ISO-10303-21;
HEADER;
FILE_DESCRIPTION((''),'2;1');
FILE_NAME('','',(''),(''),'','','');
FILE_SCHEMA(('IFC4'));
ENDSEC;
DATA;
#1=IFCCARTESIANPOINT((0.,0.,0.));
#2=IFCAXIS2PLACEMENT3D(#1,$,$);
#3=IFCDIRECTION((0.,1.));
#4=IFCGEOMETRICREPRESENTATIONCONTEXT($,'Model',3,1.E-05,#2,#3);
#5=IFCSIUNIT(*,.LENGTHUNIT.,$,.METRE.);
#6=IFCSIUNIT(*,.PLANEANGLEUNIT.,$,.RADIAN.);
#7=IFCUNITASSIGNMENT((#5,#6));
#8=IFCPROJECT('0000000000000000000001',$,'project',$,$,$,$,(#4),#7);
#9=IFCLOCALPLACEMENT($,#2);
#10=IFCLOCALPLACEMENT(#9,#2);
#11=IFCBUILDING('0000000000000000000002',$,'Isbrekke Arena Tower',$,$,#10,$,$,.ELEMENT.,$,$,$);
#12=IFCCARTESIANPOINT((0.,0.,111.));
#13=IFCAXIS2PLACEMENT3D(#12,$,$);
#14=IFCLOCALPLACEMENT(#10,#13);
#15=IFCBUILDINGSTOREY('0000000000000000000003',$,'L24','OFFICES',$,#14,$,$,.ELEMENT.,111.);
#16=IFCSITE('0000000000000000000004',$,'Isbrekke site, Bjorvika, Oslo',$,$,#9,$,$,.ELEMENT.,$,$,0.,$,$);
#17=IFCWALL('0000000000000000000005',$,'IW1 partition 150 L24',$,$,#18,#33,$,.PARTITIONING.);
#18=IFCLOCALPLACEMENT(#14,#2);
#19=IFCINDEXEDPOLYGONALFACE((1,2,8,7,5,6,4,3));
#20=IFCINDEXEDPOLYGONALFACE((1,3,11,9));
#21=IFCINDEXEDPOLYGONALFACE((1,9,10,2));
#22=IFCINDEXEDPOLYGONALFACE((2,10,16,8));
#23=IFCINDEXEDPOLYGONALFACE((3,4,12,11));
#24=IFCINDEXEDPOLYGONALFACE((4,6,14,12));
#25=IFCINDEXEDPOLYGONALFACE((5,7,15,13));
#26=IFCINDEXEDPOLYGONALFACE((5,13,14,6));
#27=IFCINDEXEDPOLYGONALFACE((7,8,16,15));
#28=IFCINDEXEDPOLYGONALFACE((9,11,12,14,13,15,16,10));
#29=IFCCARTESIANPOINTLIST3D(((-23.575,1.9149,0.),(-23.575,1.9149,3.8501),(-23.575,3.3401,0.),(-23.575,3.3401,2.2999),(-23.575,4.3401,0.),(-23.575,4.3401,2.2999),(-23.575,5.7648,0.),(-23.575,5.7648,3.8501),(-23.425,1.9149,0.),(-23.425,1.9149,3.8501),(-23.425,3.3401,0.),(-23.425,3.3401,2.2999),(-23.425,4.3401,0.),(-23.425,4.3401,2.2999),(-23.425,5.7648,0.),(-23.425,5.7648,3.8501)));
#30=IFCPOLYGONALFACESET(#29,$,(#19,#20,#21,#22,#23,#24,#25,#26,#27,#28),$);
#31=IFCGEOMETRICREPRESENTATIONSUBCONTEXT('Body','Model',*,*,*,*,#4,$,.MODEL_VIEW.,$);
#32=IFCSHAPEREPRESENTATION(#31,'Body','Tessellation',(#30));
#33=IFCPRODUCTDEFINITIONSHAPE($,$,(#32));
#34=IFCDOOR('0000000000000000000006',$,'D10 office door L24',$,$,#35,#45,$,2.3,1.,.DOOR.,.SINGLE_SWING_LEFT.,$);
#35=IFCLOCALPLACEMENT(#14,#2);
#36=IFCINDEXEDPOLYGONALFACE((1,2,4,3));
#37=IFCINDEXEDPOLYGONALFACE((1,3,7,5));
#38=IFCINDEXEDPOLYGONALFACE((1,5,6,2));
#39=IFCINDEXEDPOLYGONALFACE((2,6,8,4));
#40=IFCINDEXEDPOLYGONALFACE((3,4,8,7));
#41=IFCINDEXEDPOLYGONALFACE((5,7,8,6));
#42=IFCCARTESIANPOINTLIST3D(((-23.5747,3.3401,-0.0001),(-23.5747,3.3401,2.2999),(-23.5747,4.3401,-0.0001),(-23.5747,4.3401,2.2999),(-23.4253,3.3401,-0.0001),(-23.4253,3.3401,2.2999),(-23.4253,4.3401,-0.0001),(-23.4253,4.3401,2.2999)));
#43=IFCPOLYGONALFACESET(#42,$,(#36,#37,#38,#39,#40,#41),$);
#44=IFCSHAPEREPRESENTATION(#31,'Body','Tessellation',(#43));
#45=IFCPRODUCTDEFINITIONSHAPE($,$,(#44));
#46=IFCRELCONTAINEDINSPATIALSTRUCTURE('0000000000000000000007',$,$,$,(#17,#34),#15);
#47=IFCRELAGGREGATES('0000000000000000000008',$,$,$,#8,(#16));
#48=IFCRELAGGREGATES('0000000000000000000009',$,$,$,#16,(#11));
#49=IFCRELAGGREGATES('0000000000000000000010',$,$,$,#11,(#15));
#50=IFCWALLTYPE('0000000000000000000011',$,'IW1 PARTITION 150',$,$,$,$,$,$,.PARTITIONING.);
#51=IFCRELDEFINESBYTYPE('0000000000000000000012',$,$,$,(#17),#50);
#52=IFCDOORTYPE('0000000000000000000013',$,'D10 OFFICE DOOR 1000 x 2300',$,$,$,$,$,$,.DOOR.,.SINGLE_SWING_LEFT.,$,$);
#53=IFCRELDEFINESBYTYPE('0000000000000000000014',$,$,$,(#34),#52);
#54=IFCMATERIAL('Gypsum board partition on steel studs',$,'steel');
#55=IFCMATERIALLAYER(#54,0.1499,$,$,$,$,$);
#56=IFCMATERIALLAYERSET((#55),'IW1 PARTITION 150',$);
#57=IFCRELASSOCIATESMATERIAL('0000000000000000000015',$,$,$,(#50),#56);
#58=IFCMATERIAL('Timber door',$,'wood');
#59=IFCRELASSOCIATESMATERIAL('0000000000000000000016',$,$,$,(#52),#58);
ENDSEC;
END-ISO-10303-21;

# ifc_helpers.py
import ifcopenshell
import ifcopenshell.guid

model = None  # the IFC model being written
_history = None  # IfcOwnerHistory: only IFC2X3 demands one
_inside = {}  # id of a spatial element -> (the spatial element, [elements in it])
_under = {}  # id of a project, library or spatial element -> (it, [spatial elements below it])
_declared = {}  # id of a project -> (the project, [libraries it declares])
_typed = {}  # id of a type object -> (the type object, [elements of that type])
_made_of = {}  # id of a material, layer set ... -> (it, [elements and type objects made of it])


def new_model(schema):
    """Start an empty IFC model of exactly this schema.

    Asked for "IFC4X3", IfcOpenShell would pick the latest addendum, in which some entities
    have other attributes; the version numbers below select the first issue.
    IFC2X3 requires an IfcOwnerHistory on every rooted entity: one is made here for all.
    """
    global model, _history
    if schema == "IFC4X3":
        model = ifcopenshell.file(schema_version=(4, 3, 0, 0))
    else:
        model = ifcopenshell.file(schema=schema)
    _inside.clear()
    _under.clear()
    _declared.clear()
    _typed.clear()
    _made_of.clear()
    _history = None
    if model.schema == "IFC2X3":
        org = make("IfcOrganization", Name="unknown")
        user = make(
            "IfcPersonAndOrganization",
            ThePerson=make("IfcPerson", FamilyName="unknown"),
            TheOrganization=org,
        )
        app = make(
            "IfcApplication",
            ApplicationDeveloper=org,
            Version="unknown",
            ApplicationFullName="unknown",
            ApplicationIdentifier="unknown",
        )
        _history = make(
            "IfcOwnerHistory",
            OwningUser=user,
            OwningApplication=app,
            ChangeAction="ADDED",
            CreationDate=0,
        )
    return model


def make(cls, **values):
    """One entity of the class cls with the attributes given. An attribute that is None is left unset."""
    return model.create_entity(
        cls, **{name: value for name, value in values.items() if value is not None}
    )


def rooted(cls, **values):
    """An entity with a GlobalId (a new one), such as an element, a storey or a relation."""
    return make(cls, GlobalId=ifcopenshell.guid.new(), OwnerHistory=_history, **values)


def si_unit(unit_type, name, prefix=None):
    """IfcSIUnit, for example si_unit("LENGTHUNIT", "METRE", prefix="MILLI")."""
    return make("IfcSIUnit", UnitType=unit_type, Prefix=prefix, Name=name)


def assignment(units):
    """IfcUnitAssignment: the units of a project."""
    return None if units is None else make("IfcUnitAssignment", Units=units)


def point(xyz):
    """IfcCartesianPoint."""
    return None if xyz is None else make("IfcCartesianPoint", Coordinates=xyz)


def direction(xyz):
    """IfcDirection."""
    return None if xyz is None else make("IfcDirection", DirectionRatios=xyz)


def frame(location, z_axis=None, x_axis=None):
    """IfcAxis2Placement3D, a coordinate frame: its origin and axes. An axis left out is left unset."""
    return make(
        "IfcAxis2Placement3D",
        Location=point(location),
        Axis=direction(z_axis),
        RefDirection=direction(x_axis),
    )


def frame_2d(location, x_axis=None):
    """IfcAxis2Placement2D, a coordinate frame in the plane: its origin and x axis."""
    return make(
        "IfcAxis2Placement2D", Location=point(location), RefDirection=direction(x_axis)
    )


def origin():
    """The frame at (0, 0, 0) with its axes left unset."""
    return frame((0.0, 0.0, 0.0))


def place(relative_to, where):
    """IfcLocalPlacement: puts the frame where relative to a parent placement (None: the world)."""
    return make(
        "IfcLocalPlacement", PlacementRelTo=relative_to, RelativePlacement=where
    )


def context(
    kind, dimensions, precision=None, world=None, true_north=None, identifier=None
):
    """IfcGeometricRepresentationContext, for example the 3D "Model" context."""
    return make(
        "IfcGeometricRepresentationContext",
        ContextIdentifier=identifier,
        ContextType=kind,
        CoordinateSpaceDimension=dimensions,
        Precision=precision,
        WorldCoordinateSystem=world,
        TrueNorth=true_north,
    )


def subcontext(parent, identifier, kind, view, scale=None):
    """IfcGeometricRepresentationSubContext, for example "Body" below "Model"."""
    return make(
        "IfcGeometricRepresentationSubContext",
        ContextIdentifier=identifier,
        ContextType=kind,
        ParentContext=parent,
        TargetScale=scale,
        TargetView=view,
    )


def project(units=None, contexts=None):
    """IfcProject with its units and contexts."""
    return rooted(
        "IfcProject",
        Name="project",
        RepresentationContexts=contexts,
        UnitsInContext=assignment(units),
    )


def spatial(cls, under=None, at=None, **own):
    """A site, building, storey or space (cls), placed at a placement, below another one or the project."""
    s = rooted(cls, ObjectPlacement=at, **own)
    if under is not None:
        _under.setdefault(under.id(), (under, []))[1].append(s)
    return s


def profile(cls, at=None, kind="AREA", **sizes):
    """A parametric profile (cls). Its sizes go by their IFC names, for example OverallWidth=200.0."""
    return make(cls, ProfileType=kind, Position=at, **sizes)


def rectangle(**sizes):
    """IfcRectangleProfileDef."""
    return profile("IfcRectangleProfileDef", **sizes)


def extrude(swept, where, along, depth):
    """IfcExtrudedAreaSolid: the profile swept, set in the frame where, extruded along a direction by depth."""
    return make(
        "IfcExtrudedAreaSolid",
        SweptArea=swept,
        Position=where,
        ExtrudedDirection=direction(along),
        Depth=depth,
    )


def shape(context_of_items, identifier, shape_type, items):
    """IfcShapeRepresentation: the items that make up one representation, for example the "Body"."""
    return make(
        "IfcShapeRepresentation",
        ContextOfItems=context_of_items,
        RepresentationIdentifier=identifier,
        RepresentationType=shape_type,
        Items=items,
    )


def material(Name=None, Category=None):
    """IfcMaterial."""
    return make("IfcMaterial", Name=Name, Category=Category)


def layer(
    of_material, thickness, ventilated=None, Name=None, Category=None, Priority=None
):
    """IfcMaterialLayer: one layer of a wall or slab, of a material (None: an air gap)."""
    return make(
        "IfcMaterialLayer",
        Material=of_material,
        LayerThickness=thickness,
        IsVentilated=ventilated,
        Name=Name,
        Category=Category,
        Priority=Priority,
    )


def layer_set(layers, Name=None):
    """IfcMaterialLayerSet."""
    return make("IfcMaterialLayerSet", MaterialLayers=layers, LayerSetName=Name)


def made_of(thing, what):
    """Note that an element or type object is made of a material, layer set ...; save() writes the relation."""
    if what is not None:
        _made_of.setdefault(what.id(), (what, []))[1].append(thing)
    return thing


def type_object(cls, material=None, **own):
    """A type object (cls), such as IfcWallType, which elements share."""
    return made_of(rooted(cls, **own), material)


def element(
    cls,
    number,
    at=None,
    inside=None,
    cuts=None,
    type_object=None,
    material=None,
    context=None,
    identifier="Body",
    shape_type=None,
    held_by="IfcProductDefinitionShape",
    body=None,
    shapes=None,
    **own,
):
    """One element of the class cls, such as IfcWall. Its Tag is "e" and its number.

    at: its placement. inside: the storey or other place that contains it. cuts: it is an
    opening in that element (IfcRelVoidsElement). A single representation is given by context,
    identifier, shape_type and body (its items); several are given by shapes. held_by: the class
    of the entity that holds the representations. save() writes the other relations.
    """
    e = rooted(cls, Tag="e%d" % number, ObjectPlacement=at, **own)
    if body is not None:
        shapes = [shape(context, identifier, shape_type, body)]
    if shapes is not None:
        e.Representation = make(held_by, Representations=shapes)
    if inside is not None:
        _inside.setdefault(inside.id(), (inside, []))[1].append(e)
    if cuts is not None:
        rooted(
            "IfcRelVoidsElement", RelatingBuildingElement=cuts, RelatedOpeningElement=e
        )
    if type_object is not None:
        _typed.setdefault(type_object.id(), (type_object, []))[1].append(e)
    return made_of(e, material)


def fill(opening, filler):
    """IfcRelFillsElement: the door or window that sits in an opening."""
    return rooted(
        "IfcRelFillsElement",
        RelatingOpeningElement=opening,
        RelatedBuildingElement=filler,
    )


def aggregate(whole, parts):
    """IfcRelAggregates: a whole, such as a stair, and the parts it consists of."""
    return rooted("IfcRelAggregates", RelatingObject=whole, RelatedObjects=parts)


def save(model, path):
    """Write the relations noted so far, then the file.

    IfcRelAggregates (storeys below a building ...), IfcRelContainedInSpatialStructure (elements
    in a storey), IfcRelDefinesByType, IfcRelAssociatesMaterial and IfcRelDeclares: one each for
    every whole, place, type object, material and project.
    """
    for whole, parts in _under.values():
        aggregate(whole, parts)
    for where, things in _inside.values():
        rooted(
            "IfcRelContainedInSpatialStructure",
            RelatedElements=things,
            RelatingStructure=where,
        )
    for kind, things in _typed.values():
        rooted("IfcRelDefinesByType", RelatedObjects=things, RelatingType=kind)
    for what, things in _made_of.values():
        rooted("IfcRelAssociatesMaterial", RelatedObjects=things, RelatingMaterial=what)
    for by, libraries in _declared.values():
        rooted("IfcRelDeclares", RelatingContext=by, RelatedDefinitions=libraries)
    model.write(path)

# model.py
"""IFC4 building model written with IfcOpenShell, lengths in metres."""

from ifc_helpers import new_model, si_unit, direction, frame, frame_2d, origin, place, context, subcontext, project, spatial, rectangle, extrude, material, layer, layer_set, type_object, element, fill, save


model = new_model("IFC4")

# Units and contexts
model_context = context("Model", 3, precision=1e-05, world=origin(), true_north=direction((0.0, 1.0)))
body_context = subcontext(model_context, "Body", "Model", "MODEL_VIEW")
ifc_project = project(units=[si_unit("LENGTHUNIT", "METRE"), si_unit("PLANEANGLEUNIT", "RADIAN")], contexts=[model_context])

# Site, building, storey
site_placement = place(None, origin())
site = spatial("IfcSite", under=ifc_project, at=site_placement, Name="Isbrekke site, Bjorvika, Oslo", CompositionType="ELEMENT", RefElevation=0.0)
building_placement = place(site_placement, origin())
building = spatial("IfcBuilding", under=site, at=building_placement, Name="Isbrekke Arena Tower", CompositionType="ELEMENT")
storey_placement = place(building_placement, frame((0.0, 0.0, 111.0)))
storey = spatial("IfcBuildingStorey", under=building, at=storey_placement, Name="L24", Description="OFFICES", CompositionType="ELEMENT", Elevation=111.0)

# Shared definitions
ifc_material_1 = material(Name="Gypsum board partition on steel studs", Category="steel")
ifc_layer_1 = layer(ifc_material_1, 0.1499)
ifc_layer_set_1 = layer_set([ifc_layer_1], Name="IW1 PARTITION 150")
wall_type = type_object("IfcWallType", Name="IW1 PARTITION 150", PredefinedType="PARTITIONING", material=ifc_layer_set_1)

# Wall, opening, door
ifc_material_2 = material(Name="Timber door", Category="wood")
door_type = type_object("IfcDoorType", Name="D10 OFFICE DOOR 1000 x 2300", OperationType="SINGLE_SWING_LEFT", PredefinedType="DOOR", material=ifc_material_2)
wall_1_placement = place(storey_placement, frame((-23.5, 1.915, 0.0), z_axis=(0.0, 0.0, 1.0), x_axis=(0.0, 1.0, 0.0)))
wall_1 = element("IfcWall", 1, at=wall_1_placement, inside=storey, type_object=wall_type, Name="IW1 partition 150 L24", PredefinedType="PARTITIONING", context=body_context, shape_type="SweptSolid", body=[
    extrude(rectangle(XDim=3.8499, YDim=0.1499, at=frame_2d((1.9248, 0.0))), origin(), (0.0, 0.0, 1.0), 3.8501),
])
opening_1_placement = place(wall_1_placement, frame((1.425, 0.0, 0.0)))
opening_1 = element("IfcOpeningElement", 2, at=opening_1_placement, cuts=wall_1, PredefinedType="OPENING", context=body_context, shape_type="SweptSolid", body=[
    extrude(rectangle(XDim=1.0, YDim=2.3, at=frame_2d((0.5, 1.1499))), frame((0.0, 0.0898, 0.0), z_axis=(0.0, -1.0, 0.0), x_axis=(1.0, 0.0, 0.0)), (0.0, 0.0, 1.0), 0.1797),
])
door_1_placement = place(opening_1_placement, origin())
door_1 = element("IfcDoor", 3, at=door_1_placement, inside=storey, type_object=door_type, Name="D10 office door L24", OperationType="SINGLE_SWING_LEFT", OverallHeight=2.3, OverallWidth=1.0, PredefinedType="DOOR", context=body_context, shape_type="SweptSolid", body=[
    extrude(rectangle(XDim=1.0, YDim=2.3, at=frame_2d((0.5, 1.1499))), frame((0.0, 0.0747, 0.0), z_axis=(0.0, -1.0, 0.0), x_axis=(1.0, 0.0, 0.0)), (0.0, 0.0, 1.0), 0.1494),
])
fill(opening_1, door_1)

save(model, "model.ifc")
